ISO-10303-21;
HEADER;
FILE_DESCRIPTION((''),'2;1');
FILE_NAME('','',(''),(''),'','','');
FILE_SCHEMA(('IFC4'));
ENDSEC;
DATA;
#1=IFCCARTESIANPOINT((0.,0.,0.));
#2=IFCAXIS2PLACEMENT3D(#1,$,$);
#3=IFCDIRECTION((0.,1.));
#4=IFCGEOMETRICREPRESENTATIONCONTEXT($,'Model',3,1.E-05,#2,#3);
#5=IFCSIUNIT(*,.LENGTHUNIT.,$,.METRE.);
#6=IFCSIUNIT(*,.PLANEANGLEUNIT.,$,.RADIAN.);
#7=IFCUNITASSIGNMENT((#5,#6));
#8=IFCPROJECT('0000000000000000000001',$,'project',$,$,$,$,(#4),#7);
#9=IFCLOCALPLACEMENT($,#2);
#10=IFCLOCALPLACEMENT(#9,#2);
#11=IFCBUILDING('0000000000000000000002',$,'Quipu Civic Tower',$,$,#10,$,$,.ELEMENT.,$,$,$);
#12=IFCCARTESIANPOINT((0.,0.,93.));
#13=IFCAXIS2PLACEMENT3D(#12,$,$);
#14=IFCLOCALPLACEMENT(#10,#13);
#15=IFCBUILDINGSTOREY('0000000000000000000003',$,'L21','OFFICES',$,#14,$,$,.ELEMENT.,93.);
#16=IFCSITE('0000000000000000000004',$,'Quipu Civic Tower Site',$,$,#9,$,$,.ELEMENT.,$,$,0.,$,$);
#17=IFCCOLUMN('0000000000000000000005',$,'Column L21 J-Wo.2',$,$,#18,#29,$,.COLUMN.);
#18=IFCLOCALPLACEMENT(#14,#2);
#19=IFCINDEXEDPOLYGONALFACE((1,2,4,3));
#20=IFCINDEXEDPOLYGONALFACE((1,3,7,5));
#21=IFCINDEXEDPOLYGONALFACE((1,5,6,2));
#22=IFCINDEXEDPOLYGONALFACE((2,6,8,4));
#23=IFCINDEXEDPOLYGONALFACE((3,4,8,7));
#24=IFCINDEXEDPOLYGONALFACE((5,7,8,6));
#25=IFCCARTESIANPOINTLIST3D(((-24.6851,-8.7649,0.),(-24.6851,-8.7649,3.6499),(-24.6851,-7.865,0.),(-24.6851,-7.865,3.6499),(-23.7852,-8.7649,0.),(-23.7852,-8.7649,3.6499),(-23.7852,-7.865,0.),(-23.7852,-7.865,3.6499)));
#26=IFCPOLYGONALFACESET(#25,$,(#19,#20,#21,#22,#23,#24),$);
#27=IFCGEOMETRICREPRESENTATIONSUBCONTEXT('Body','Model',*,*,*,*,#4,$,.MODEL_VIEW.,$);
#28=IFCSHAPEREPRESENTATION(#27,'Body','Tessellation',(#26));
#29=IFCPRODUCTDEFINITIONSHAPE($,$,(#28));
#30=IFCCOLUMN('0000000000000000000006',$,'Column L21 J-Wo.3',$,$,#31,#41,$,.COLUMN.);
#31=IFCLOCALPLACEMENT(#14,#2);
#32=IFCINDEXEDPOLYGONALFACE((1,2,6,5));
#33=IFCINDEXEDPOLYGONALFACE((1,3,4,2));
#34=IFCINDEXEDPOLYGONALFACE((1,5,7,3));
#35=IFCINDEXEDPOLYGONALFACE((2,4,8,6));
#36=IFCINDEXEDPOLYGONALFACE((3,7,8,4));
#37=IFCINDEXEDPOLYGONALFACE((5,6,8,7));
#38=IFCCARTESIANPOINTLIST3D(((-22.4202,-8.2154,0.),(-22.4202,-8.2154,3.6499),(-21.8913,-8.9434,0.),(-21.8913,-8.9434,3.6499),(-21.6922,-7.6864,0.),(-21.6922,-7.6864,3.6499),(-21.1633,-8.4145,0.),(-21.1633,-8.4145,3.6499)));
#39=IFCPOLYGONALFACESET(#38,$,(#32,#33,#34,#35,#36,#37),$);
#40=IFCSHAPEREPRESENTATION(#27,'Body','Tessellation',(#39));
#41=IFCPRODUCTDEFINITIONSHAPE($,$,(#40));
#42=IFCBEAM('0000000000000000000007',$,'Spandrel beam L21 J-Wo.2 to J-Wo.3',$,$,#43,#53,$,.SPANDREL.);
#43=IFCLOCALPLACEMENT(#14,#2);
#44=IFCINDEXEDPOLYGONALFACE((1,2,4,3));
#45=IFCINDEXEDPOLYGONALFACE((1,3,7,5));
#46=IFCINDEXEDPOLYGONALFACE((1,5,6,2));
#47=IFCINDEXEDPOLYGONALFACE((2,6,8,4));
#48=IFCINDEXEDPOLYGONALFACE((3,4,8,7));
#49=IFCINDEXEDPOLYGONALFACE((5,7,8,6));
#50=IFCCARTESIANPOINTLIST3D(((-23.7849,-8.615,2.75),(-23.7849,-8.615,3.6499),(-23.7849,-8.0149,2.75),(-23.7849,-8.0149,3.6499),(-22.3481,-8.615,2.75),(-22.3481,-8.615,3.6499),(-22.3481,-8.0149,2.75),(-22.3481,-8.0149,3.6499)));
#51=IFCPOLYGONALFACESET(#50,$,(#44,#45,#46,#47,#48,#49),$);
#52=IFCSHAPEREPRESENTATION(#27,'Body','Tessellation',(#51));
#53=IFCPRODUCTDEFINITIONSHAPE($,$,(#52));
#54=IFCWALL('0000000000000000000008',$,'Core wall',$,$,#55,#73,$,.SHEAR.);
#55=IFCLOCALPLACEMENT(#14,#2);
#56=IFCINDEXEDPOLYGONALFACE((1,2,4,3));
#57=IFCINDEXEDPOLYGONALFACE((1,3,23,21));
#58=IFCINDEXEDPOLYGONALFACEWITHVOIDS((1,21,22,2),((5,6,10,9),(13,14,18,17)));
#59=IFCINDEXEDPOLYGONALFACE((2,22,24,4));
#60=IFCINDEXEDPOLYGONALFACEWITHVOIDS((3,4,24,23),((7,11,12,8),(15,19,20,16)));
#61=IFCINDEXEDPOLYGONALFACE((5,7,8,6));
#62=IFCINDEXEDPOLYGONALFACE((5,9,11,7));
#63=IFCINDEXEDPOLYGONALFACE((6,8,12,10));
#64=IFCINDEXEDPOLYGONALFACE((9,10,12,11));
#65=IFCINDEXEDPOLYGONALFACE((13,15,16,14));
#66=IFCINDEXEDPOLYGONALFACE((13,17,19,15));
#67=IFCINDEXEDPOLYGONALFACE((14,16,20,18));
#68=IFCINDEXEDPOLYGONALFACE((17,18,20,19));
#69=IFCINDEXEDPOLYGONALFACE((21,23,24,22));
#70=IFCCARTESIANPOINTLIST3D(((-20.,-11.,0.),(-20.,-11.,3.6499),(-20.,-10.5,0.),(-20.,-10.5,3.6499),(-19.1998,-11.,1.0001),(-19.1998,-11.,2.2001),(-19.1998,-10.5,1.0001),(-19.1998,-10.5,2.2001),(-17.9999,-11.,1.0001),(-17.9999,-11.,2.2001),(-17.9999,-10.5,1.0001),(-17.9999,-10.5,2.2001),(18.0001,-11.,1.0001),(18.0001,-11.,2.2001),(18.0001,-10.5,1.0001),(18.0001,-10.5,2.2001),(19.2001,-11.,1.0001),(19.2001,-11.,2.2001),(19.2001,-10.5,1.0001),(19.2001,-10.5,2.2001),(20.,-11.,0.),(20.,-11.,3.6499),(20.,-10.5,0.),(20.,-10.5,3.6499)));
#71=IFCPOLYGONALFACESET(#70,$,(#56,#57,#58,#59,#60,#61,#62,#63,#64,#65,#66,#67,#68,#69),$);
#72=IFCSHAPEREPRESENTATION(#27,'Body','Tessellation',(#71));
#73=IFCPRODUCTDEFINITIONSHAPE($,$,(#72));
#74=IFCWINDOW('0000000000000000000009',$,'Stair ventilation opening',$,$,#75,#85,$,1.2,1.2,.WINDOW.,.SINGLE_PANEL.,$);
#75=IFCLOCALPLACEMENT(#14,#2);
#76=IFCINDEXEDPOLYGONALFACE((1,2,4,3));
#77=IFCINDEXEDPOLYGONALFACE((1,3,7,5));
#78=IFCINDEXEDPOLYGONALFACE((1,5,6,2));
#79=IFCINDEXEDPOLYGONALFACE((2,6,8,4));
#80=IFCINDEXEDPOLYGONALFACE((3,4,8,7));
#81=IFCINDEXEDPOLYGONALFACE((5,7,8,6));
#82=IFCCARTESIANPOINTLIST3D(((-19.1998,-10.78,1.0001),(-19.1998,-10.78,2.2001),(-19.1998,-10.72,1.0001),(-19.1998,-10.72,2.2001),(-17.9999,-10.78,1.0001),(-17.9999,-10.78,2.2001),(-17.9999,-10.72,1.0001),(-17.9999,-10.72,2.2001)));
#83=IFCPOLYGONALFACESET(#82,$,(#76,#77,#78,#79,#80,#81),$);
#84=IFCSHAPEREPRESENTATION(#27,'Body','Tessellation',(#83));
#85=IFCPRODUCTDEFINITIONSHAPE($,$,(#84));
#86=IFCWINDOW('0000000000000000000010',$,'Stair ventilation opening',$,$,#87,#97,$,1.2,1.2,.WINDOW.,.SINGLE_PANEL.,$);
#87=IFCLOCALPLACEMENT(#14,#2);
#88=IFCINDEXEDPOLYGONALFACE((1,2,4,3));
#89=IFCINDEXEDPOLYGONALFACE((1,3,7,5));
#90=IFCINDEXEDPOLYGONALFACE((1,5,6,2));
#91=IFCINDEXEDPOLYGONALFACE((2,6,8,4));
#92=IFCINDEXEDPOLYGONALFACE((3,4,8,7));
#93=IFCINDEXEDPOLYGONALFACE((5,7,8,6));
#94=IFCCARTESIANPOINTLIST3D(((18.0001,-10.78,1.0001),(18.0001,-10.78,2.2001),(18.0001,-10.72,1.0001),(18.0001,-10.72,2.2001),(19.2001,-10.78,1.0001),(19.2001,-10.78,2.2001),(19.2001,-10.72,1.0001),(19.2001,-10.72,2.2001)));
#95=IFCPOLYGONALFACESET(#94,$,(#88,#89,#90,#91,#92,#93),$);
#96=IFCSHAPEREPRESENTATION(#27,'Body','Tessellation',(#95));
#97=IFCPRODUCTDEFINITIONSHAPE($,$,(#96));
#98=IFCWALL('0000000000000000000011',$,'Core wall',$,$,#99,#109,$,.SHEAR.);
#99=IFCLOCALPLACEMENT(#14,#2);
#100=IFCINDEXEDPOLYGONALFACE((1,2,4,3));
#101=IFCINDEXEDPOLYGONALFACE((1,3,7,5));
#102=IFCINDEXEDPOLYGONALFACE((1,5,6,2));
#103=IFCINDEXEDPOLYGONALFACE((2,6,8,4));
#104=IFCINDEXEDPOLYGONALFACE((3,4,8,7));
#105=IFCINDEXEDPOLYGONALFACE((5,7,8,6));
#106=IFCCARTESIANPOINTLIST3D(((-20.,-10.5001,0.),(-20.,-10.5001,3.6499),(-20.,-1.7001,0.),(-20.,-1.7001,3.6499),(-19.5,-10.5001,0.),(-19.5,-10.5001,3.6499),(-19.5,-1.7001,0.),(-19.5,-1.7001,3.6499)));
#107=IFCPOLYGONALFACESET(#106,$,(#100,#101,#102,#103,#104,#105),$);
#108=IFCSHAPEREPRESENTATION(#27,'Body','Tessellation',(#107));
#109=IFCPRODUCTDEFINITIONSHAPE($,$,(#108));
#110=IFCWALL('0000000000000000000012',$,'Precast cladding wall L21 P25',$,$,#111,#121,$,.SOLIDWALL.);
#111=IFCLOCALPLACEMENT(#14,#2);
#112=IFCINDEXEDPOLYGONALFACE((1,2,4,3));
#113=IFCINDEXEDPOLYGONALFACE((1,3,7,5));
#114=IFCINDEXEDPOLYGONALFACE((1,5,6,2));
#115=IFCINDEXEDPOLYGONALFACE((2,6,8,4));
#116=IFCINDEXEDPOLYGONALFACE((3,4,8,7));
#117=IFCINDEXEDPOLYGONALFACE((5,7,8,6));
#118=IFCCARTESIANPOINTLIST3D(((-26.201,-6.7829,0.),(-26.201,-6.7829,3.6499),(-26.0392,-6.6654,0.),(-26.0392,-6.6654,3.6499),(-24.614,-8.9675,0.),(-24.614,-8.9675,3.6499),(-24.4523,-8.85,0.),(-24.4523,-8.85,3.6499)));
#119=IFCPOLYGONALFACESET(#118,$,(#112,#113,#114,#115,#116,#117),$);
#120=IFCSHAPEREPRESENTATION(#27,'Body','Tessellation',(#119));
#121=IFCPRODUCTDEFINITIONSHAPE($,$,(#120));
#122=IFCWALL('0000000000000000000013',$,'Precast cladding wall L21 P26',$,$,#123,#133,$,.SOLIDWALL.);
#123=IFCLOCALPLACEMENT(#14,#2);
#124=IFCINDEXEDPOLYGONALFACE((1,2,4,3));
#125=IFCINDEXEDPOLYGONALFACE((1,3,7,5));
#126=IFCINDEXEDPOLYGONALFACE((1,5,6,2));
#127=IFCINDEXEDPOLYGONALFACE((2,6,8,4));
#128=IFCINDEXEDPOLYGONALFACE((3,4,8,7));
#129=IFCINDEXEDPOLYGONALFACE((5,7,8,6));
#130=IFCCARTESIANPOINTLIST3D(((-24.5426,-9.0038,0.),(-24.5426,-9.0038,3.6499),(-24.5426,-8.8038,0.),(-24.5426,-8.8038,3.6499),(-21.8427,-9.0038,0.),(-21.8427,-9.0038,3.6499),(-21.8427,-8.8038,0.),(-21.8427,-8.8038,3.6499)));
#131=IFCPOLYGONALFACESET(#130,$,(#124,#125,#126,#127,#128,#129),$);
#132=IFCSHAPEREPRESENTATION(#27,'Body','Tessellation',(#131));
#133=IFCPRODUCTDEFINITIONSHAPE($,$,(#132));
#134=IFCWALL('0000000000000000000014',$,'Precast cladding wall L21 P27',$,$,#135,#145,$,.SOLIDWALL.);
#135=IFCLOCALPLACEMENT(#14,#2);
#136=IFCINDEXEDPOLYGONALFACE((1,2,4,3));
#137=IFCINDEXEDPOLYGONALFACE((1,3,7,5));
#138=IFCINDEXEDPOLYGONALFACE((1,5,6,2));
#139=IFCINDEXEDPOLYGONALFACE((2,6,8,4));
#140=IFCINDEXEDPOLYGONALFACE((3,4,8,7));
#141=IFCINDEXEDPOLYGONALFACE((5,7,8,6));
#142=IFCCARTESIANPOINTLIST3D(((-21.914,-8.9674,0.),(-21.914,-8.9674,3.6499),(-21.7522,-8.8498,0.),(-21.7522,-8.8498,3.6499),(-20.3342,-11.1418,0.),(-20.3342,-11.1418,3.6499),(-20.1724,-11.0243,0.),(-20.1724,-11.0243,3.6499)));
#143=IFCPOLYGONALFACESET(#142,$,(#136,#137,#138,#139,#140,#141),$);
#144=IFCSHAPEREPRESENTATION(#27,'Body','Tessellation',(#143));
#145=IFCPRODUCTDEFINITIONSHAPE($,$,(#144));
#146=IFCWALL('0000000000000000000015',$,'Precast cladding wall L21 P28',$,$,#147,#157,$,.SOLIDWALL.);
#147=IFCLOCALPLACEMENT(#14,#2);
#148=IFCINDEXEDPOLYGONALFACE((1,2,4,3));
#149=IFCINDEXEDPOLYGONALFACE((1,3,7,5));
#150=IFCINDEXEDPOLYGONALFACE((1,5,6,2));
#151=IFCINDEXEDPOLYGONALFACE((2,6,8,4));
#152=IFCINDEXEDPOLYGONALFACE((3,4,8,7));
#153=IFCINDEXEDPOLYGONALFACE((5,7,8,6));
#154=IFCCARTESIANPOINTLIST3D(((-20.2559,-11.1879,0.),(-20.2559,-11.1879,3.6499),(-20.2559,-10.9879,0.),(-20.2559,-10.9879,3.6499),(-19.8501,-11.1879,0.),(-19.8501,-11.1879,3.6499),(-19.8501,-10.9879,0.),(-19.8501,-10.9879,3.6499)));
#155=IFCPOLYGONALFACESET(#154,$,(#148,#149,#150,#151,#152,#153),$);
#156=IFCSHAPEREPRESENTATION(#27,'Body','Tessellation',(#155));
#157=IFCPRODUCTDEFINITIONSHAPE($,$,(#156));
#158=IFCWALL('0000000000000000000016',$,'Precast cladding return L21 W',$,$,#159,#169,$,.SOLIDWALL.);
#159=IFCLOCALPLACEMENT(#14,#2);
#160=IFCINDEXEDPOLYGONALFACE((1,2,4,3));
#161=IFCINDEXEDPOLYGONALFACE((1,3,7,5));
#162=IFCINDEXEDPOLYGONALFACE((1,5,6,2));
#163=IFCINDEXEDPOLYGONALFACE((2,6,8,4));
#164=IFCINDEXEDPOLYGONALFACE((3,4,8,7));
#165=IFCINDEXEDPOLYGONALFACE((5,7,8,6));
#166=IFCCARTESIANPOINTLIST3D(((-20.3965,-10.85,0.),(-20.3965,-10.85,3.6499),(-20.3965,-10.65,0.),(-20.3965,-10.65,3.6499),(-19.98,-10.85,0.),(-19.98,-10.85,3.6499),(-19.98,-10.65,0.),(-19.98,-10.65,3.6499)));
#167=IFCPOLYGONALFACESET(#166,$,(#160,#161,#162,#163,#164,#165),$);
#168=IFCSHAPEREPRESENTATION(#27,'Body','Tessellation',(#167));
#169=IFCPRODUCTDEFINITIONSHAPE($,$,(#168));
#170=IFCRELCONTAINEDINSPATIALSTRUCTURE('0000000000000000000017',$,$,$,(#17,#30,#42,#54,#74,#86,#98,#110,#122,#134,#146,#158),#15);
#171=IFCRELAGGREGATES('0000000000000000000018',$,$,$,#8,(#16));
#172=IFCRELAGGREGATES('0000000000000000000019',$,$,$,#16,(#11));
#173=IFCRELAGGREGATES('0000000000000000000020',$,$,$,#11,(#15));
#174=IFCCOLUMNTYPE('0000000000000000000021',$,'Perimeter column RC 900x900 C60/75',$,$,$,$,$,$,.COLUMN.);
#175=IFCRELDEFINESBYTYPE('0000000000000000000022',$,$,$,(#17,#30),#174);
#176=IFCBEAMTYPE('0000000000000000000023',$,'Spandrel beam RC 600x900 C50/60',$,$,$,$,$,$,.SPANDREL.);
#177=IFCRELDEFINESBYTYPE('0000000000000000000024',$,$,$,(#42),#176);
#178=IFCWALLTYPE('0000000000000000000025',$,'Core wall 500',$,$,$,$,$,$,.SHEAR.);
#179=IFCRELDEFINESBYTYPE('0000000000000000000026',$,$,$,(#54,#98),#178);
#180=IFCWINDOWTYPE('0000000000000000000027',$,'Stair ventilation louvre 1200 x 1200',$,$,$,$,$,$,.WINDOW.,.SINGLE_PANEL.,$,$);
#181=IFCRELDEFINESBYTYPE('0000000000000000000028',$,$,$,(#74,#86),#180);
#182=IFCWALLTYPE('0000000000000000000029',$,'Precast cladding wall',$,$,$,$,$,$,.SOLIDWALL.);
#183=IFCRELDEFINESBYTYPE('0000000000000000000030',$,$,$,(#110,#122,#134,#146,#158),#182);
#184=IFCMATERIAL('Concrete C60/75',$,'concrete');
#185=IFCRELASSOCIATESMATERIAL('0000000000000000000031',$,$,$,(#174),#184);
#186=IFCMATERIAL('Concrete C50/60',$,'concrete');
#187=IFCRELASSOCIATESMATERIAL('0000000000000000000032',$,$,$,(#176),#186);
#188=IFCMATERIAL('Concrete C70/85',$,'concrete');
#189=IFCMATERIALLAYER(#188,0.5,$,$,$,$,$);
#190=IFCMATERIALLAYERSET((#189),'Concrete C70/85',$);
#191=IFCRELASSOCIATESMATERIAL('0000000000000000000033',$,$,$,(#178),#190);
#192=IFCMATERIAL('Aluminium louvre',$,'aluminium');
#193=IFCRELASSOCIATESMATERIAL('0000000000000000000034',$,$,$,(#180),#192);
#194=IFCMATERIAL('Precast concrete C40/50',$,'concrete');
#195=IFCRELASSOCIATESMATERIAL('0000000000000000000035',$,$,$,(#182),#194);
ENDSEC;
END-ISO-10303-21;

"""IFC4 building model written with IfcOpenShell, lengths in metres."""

from ifc_helpers import new_model, si_unit, direction, frame, frame_2d, origin, origin_2d, place, context, subcontext, project, spatial, rectangle, extrude, material, layer, layer_set, material_profile, profile_set, type_object, element, fill, save


model = new_model("IFC4")

# Units and contexts
model_context = context("Model", 3, precision=1e-05, world=origin(), true_north=direction((0.0, 1.0)))
body_context = subcontext(model_context, "Body", "Model", "MODEL_VIEW")
ifc_project = project(units=[si_unit("LENGTHUNIT", "METRE"), si_unit("PLANEANGLEUNIT", "RADIAN")], contexts=[model_context])

# Site, building, storey
site_placement = place(None, origin())
site = spatial("IfcSite", under=ifc_project, at=site_placement, Name="Quipu Civic Tower Site", CompositionType="ELEMENT", RefElevation=0.0)
building_placement = place(site_placement, origin())
building = spatial("IfcBuilding", under=site, at=building_placement, Name="Quipu Civic Tower", CompositionType="ELEMENT")
storey_placement = place(building_placement, frame((0.0, 0.0, 93.0)))
storey = spatial("IfcBuildingStorey", under=building, at=storey_placement, Name="L21", Description="OFFICES", CompositionType="ELEMENT", Elevation=93.0)

# Columns
ifc_material_1 = material(Name="Concrete C60/75", Category="concrete")
ifc_material_profile_1 = material_profile(ifc_material_1, rectangle(XDim=0.8999, YDim=0.8999, at=origin_2d()), Name="RC900x900")
ifc_profile_set_1 = profile_set([ifc_material_profile_1], Name="Concrete C60/75")
column_type = type_object("IfcColumnType", Name="Perimeter column RC 900x900 C60/75", PredefinedType="COLUMN", material=ifc_profile_set_1)
for number, where, z_axis, x_axis, name in (
    (1, (-24.2351, -8.3149, 0.0), (0.0, 0.0, 1.0), (1.0, 0.0, 0.0), "Column L21 J-Wo.2"),
    (2, (-21.7917, -8.3149, 0.0), (0.0, 0.0, 1.0), (0.587785, -0.809017, 0.0), "Column L21 J-Wo.3"),
):
    element("IfcColumn", number, at=place(storey_placement, frame(where, z_axis=z_axis, x_axis=x_axis)), inside=storey, type_object=column_type, Name=name, PredefinedType="COLUMN", context=body_context, shape_type="SweptSolid", body=[
        extrude(rectangle(XDim=0.8999, YDim=0.8999, at=origin_2d()), origin(), (0.0, 0.0, 1.0), 3.6499),
    ])

# Beam
ifc_material_2 = material(Name="Concrete C50/60", Category="concrete")
ifc_material_profile_2 = material_profile(ifc_material_2, rectangle(XDim=0.6001, YDim=0.8999, at=origin_2d()), Name="RC600x900")
ifc_profile_set_2 = profile_set([ifc_material_profile_2], Name="Concrete C50/60")
beam_type = type_object("IfcBeamType", Name="Spandrel beam RC 600x900 C50/60", PredefinedType="SPANDREL", material=ifc_profile_set_2)
beam_placement = place(storey_placement, frame((-23.7849, -8.3149, 3.2), z_axis=(1.0, 0.0, 0.0), x_axis=(0.0, 1.0, 0.0)))
element("IfcBeam", 3, at=beam_placement, inside=storey, type_object=beam_type, Name="Spandrel beam L21 J-Wo.2 to J-Wo.3", PredefinedType="SPANDREL", context=body_context, shape_type="SweptSolid", body=[
    extrude(rectangle(XDim=0.6001, YDim=0.8999, at=origin_2d()), origin(), (0.0, 0.0, 1.0), 1.4368),
])

# Wall, openings, windows
ifc_material_3 = material(Name="Concrete C70/85", Category="concrete")
ifc_layer = layer(ifc_material_3, 0.5)
ifc_layer_set = layer_set([ifc_layer], Name="Concrete C70/85")
wall_type_1 = type_object("IfcWallType", Name="Core wall 500", PredefinedType="SHEAR", material=ifc_layer_set)
wall_1_placement = place(storey_placement, frame((-20.0, -10.75, 0.0), z_axis=(0.0, 0.0, 1.0), x_axis=(1.0, 0.0, 0.0)))
wall_1 = element("IfcWall", 4, at=wall_1_placement, inside=storey, type_object=wall_type_1, Name="Core wall", PredefinedType="SHEAR", context=body_context, shape_type="SweptSolid", body=[
    extrude(rectangle(XDim=40.0, YDim=0.5, at=frame_2d((20.0, 0.0))), origin(), (0.0, 0.0, 1.0), 3.6499),
])
opening_1_placement = place(wall_1_placement, frame((0.8, 0.0, 1.0)))
opening_1 = element("IfcOpeningElement", 5, at=opening_1_placement, cuts=wall_1, PredefinedType="OPENING", context=body_context, shape_type="SweptSolid", body=[
    extrude(rectangle(XDim=1.2, YDim=1.2, at=frame_2d((0.6001, 0.6001))), frame((0.0, 0.26, 0.0), z_axis=(0.0, -1.0, 0.0), x_axis=(1.0, 0.0, 0.0)), (0.0, 0.0, 1.0), 0.52),
])
opening_2_placement = place(wall_1_placement, frame((38.0, 0.0, 1.0)))
opening_2 = element("IfcOpeningElement", 6, at=opening_2_placement, cuts=wall_1, PredefinedType="OPENING", context=body_context, shape_type="SweptSolid", body=[
    extrude(rectangle(XDim=1.2, YDim=1.2, at=frame_2d((0.6001, 0.6001))), frame((0.0, 0.26, 0.0), z_axis=(0.0, -1.0, 0.0), x_axis=(1.0, 0.0, 0.0)), (0.0, 0.0, 1.0), 0.52),
])
ifc_material_4 = material(Name="Aluminium louvre", Category="aluminium")
window_type = type_object("IfcWindowType", Name="Stair ventilation louvre 1200 x 1200", PartitioningType="SINGLE_PANEL", PredefinedType="WINDOW", material=ifc_material_4)
window_1_placement = place(opening_1_placement, origin())
window_1 = element("IfcWindow", 7, at=window_1_placement, inside=storey, type_object=window_type, Name="Stair ventilation opening", OverallHeight=1.2, OverallWidth=1.2, PartitioningType="SINGLE_PANEL", PredefinedType="WINDOW", context=body_context, shape_type="SweptSolid", body=[
    extrude(rectangle(XDim=1.2, YDim=1.2, at=frame_2d((0.6001, 0.6001))), frame((0.0, 0.03, 0.0), z_axis=(0.0, -1.0, 0.0), x_axis=(1.0, 0.0, 0.0)), (0.0, 0.0, 1.0), 0.0601),
])
fill(opening_1, window_1)
window_2_placement = place(opening_2_placement, origin())
window_2 = element("IfcWindow", 8, at=window_2_placement, inside=storey, type_object=window_type, Name="Stair ventilation opening", OverallHeight=1.2, OverallWidth=1.2, PartitioningType="SINGLE_PANEL", PredefinedType="WINDOW", context=body_context, shape_type="SweptSolid", body=[
    extrude(rectangle(XDim=1.2, YDim=1.2, at=frame_2d((0.6001, 0.6001))), frame((0.0, 0.03, 0.0), z_axis=(0.0, -1.0, 0.0), x_axis=(1.0, 0.0, 0.0)), (0.0, 0.0, 1.0), 0.0601),
])
fill(opening_2, window_2)

# Walls
wall_2_placement = place(storey_placement, frame((-19.75, -10.5, 0.0), z_axis=(0.0, 0.0, 1.0), x_axis=(0.0, 1.0, 0.0)))
element("IfcWall", 9, at=wall_2_placement, inside=storey, type_object=wall_type_1, Name="Core wall", PredefinedType="SHEAR", context=body_context, shape_type="SweptSolid", body=[
    extrude(rectangle(XDim=8.8, YDim=0.5, at=frame_2d((4.3999, 0.0))), origin(), (0.0, 0.0, 1.0), 3.6499),
])
ifc_material_5 = material(Name="Precast concrete C40/50", Category="concrete")
wall_type_2 = type_object("IfcWallType", Name="Precast cladding wall", PredefinedType="SOLIDWALL", material=ifc_material_5)
wall_3_placement = place(storey_placement, frame((-26.1201, -6.7241, 0.0), z_axis=(0.0, 0.0, 1.0), x_axis=(0.58772, -0.809064, 0.0)))
element("IfcWall", 10, at=wall_3_placement, inside=storey, type_object=wall_type_2, Name="Precast cladding wall L21 P25", PredefinedType="SOLIDWALL", context=body_context, shape_type="SweptSolid", body=[
    extrude(rectangle(XDim=2.7002, YDim=0.2, at=frame_2d((1.3501, 0.0))), origin(), (0.0, 0.0, 1.0), 3.6499),
])
wall_4_placement = place(storey_placement, frame((-24.5427, -8.9038, 0.0), z_axis=(0.0, 0.0, 1.0), x_axis=(1.0, 0.0, 0.0)))
element("IfcWall", 11, at=wall_4_placement, inside=storey, type_object=wall_type_2, Name="Precast cladding wall L21 P26", PredefinedType="SOLIDWALL", context=body_context, shape_type="SweptSolid", body=[
    extrude(rectangle(XDim=2.7, YDim=0.2, at=frame_2d((1.3501, 0.0))), origin(), (0.0, 0.0, 1.0), 3.6499),
])
wall_5_placement = place(storey_placement, frame((-21.833, -8.9087, 0.0), z_axis=(0.0, 0.0, 1.0), x_axis=(0.587767, -0.809031, 0.0)))
element("IfcWall", 12, at=wall_5_placement, inside=storey, type_object=wall_type_2, Name="Precast cladding wall L21 P27", PredefinedType="SOLIDWALL", context=body_context, shape_type="SweptSolid", body=[
    extrude(rectangle(XDim=2.6877, YDim=0.2, at=frame_2d((1.3438, 0.0))), origin(), (0.0, 0.0, 1.0), 3.6499),
])
wall_6_placement = place(storey_placement, frame((-20.2559, -11.0879, 0.0), z_axis=(0.0, 0.0, 1.0), x_axis=(1.0, 0.0, 0.0)))
element("IfcWall", 13, at=wall_6_placement, inside=storey, type_object=wall_type_2, Name="Precast cladding wall L21 P28", PredefinedType="SOLIDWALL", context=body_context, shape_type="SweptSolid", body=[
    extrude(rectangle(XDim=0.4058, YDim=0.2, at=frame_2d((0.2029, 0.0))), origin(), (0.0, 0.0, 1.0), 3.6499),
])
wall_7_placement = place(storey_placement, frame((-19.98, -10.75, 0.0), z_axis=(0.0, 0.0, 1.0), x_axis=(-1.0, 0.0, 0.0)))
element("IfcWall", 14, at=wall_7_placement, inside=storey, type_object=wall_type_2, Name="Precast cladding return L21 W", PredefinedType="SOLIDWALL", context=body_context, shape_type="SweptSolid", body=[
    extrude(rectangle(XDim=0.4165, YDim=0.2, at=frame_2d((0.2083, 0.0))), origin(), (0.0, 0.0, 1.0), 3.6499),
])

save(model, "model.ifc")
